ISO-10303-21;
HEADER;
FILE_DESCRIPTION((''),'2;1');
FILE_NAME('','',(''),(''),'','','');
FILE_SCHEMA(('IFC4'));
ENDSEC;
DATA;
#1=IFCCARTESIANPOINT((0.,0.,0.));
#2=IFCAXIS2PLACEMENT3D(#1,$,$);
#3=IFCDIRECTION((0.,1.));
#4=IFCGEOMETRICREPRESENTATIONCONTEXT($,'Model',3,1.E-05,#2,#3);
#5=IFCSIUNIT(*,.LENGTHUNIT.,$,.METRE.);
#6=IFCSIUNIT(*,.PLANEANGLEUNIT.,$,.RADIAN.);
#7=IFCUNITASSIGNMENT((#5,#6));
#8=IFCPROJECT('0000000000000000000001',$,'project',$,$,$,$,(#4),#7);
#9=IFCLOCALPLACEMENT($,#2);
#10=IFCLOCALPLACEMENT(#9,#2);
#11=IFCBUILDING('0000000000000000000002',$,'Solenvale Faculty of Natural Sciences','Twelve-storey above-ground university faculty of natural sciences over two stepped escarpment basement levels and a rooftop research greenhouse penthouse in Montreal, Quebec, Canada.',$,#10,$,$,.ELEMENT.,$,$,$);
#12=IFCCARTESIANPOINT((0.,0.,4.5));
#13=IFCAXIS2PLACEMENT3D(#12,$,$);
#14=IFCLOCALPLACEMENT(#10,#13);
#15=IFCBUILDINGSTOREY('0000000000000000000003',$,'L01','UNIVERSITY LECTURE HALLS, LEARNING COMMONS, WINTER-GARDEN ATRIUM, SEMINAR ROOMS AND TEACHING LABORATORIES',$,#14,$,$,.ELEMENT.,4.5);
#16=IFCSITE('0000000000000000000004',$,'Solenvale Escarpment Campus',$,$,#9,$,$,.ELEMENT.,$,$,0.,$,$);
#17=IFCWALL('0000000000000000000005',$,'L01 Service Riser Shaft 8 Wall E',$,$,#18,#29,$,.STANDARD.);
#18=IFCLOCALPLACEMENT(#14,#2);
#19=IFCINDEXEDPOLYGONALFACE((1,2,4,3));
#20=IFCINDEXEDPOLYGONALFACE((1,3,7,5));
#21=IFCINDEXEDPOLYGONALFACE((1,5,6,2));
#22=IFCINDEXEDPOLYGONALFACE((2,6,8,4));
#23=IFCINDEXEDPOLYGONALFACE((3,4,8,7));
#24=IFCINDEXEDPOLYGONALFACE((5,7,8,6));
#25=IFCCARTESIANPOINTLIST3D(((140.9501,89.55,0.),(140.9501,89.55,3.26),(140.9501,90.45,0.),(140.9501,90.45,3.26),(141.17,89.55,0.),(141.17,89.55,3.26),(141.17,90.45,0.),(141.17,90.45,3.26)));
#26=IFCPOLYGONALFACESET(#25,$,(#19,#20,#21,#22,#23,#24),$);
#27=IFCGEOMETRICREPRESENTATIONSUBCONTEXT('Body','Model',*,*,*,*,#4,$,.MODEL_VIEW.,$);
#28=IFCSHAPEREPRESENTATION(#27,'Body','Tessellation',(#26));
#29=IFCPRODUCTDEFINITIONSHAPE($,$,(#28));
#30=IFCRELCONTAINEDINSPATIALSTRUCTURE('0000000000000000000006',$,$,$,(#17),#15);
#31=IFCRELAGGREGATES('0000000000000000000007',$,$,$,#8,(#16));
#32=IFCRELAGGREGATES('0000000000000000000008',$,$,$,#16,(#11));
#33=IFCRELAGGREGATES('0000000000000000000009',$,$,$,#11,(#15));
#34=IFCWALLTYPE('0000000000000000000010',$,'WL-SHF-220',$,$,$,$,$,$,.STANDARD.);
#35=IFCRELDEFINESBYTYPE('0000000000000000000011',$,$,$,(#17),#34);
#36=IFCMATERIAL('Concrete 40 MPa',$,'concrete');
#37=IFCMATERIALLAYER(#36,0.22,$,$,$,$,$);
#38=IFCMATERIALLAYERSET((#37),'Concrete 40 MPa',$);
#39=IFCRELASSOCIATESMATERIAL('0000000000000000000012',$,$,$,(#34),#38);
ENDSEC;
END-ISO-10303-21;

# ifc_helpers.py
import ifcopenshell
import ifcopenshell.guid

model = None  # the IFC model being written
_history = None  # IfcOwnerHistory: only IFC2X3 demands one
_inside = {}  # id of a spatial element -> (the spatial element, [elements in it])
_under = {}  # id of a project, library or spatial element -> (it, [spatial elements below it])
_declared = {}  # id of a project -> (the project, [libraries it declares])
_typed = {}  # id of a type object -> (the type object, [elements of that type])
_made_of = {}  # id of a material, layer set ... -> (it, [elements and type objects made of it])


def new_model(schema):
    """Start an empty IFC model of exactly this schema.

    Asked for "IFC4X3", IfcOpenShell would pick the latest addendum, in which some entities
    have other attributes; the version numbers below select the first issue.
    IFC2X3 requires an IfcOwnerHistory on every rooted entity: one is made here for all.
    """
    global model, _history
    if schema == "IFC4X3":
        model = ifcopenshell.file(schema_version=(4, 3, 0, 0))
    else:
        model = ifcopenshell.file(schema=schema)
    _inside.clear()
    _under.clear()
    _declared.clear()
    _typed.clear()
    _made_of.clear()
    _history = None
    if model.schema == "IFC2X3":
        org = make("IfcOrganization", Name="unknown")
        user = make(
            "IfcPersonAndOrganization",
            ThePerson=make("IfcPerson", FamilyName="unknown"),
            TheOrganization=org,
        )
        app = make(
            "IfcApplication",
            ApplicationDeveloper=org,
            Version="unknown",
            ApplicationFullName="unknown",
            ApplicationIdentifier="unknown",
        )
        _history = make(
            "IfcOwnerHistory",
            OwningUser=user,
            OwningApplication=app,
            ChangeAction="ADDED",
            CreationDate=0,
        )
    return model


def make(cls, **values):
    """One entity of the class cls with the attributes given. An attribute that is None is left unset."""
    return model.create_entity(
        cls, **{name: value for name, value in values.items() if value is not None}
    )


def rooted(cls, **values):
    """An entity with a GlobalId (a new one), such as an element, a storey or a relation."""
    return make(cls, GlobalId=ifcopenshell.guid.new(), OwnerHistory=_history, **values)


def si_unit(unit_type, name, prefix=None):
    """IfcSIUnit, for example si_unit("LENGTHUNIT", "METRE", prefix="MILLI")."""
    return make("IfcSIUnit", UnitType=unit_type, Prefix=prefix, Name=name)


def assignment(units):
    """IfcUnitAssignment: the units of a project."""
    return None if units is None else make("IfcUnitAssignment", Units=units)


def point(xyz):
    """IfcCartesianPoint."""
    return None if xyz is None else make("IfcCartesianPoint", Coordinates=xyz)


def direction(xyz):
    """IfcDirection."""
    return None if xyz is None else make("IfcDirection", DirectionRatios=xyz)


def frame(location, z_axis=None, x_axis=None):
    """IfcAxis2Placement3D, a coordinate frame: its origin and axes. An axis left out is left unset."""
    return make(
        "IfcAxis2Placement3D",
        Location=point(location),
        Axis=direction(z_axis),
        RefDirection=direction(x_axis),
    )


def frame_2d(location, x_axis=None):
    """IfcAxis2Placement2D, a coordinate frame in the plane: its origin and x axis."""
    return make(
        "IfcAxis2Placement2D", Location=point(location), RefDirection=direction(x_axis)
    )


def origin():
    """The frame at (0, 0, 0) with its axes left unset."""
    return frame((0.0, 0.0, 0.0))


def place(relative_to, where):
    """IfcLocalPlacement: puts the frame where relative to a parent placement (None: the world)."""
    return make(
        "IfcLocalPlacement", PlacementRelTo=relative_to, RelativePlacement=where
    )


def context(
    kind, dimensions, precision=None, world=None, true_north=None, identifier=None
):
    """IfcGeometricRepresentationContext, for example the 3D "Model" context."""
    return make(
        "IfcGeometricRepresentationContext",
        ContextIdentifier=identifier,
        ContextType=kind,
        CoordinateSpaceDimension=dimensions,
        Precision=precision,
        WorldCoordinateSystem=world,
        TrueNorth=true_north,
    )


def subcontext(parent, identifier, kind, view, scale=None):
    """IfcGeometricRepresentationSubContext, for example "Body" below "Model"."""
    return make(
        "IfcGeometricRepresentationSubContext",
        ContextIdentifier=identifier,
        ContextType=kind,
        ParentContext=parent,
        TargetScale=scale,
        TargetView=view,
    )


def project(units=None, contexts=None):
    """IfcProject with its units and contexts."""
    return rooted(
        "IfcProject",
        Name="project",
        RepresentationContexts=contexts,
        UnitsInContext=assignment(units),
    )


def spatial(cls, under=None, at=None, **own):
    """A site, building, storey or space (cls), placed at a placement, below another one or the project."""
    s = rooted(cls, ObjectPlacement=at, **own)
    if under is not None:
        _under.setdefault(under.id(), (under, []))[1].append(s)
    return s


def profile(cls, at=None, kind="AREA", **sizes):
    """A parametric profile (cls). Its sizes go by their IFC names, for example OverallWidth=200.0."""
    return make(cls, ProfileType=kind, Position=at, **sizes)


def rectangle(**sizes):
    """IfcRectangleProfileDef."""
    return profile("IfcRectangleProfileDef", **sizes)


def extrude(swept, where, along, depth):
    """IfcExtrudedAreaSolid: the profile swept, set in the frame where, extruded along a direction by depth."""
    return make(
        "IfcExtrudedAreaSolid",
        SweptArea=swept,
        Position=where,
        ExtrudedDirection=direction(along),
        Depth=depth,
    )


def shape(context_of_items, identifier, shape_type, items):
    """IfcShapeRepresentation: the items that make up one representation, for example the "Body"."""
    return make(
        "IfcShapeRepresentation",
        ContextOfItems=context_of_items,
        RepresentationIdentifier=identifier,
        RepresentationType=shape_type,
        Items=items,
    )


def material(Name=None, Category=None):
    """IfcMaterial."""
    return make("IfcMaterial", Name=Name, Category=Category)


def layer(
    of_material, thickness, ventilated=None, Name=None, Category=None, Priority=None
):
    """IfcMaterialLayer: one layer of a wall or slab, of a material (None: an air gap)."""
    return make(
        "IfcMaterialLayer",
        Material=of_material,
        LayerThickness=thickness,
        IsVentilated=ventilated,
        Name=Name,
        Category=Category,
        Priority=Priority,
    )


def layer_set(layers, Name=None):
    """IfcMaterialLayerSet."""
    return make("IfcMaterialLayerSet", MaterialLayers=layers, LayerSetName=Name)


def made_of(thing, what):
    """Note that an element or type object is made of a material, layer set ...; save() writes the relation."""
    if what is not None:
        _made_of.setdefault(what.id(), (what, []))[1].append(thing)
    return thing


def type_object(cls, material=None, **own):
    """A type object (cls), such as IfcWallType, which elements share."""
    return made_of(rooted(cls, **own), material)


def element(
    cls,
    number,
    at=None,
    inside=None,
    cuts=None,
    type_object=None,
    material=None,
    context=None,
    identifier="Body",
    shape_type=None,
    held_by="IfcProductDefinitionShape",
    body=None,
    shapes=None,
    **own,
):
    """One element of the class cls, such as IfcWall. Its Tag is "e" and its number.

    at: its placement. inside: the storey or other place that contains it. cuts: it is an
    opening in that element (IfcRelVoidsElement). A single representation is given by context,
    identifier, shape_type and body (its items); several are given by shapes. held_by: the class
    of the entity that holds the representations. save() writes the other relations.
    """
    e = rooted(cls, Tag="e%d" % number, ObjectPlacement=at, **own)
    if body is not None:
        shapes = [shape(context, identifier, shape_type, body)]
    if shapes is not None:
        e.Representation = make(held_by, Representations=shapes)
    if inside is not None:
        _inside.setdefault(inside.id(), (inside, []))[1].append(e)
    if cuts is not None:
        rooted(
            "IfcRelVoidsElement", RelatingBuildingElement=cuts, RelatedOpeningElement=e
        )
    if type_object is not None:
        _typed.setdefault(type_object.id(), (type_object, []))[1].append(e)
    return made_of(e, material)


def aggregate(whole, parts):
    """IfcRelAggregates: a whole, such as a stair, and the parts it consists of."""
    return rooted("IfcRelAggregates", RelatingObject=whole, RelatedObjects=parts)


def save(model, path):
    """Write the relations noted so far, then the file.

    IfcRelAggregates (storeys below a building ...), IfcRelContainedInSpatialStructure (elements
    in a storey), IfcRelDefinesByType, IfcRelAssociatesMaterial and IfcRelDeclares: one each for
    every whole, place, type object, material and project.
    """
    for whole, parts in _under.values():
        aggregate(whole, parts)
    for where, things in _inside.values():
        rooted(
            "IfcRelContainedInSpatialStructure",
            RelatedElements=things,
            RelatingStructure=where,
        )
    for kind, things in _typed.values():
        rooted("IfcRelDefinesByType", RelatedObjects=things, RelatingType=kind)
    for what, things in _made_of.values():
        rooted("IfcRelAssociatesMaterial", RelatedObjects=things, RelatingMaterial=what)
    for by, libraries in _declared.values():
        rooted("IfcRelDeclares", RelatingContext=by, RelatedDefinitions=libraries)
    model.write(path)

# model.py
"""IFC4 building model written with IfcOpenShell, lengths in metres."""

from ifc_helpers import new_model, si_unit, direction, frame, frame_2d, origin, place, context, subcontext, project, spatial, rectangle, extrude, material, layer, layer_set, type_object, element, save


model = new_model("IFC4")

# Units and contexts
model_context = context("Model", 3, precision=1e-05, world=origin(), true_north=direction((0.0, 1.0)))
body_context = subcontext(model_context, "Body", "Model", "MODEL_VIEW")
ifc_project = project(units=[si_unit("LENGTHUNIT", "METRE"), si_unit("PLANEANGLEUNIT", "RADIAN")], contexts=[model_context])

# Site, building, storey
site_placement = place(None, origin())
site = spatial("IfcSite", under=ifc_project, at=site_placement, Name="Solenvale Escarpment Campus", CompositionType="ELEMENT", RefElevation=0.0)
building_placement = place(site_placement, origin())
building = spatial("IfcBuilding", under=site, at=building_placement, Name="Solenvale Faculty of Natural Sciences", Description="Twelve-storey above-ground university faculty of natural sciences over two stepped escarpment basement levels and a rooftop research greenhouse penthouse in Montreal, Quebec, Canada.", CompositionType="ELEMENT")
storey_placement = place(building_placement, frame((0.0, 0.0, 4.5)))
storey = spatial("IfcBuildingStorey", under=building, at=storey_placement, Name="L01", Description="UNIVERSITY LECTURE HALLS, LEARNING COMMONS, WINTER-GARDEN ATRIUM, SEMINAR ROOMS AND TEACHING LABORATORIES", CompositionType="ELEMENT", Elevation=4.5)

# Shared definitions
ifc_material_1 = material(Name="Concrete 40 MPa", Category="concrete")

# Wall
ifc_layer_1 = layer(ifc_material_1, 0.22)
ifc_layer_set_1 = layer_set([ifc_layer_1], Name="Concrete 40 MPa")
wall_type_1 = type_object("IfcWallType", Name="WL-SHF-220", PredefinedType="STANDARD", material=ifc_layer_set_1)
for number, where, z_axis, x_axis, name in (
    (1, (141.0601, 89.55, 0.0), (0.0, 0.0, 1.0), (0.0, 1.0, 0.0), "L01 Service Riser Shaft 8 Wall E"),
):
    element("IfcWall", number, at=place(storey_placement, frame(where, z_axis=z_axis, x_axis=x_axis)), inside=storey, type_object=wall_type_1, Name=name, PredefinedType="STANDARD", context=body_context, shape_type="SweptSolid", body=[
        extrude(rectangle(XDim=0.8999, YDim=0.22, at=frame_2d((0.45, 0.0))), origin(), (0.0, 0.0, 1.0), 3.26),
    ])

save(model, "model.ifc")
